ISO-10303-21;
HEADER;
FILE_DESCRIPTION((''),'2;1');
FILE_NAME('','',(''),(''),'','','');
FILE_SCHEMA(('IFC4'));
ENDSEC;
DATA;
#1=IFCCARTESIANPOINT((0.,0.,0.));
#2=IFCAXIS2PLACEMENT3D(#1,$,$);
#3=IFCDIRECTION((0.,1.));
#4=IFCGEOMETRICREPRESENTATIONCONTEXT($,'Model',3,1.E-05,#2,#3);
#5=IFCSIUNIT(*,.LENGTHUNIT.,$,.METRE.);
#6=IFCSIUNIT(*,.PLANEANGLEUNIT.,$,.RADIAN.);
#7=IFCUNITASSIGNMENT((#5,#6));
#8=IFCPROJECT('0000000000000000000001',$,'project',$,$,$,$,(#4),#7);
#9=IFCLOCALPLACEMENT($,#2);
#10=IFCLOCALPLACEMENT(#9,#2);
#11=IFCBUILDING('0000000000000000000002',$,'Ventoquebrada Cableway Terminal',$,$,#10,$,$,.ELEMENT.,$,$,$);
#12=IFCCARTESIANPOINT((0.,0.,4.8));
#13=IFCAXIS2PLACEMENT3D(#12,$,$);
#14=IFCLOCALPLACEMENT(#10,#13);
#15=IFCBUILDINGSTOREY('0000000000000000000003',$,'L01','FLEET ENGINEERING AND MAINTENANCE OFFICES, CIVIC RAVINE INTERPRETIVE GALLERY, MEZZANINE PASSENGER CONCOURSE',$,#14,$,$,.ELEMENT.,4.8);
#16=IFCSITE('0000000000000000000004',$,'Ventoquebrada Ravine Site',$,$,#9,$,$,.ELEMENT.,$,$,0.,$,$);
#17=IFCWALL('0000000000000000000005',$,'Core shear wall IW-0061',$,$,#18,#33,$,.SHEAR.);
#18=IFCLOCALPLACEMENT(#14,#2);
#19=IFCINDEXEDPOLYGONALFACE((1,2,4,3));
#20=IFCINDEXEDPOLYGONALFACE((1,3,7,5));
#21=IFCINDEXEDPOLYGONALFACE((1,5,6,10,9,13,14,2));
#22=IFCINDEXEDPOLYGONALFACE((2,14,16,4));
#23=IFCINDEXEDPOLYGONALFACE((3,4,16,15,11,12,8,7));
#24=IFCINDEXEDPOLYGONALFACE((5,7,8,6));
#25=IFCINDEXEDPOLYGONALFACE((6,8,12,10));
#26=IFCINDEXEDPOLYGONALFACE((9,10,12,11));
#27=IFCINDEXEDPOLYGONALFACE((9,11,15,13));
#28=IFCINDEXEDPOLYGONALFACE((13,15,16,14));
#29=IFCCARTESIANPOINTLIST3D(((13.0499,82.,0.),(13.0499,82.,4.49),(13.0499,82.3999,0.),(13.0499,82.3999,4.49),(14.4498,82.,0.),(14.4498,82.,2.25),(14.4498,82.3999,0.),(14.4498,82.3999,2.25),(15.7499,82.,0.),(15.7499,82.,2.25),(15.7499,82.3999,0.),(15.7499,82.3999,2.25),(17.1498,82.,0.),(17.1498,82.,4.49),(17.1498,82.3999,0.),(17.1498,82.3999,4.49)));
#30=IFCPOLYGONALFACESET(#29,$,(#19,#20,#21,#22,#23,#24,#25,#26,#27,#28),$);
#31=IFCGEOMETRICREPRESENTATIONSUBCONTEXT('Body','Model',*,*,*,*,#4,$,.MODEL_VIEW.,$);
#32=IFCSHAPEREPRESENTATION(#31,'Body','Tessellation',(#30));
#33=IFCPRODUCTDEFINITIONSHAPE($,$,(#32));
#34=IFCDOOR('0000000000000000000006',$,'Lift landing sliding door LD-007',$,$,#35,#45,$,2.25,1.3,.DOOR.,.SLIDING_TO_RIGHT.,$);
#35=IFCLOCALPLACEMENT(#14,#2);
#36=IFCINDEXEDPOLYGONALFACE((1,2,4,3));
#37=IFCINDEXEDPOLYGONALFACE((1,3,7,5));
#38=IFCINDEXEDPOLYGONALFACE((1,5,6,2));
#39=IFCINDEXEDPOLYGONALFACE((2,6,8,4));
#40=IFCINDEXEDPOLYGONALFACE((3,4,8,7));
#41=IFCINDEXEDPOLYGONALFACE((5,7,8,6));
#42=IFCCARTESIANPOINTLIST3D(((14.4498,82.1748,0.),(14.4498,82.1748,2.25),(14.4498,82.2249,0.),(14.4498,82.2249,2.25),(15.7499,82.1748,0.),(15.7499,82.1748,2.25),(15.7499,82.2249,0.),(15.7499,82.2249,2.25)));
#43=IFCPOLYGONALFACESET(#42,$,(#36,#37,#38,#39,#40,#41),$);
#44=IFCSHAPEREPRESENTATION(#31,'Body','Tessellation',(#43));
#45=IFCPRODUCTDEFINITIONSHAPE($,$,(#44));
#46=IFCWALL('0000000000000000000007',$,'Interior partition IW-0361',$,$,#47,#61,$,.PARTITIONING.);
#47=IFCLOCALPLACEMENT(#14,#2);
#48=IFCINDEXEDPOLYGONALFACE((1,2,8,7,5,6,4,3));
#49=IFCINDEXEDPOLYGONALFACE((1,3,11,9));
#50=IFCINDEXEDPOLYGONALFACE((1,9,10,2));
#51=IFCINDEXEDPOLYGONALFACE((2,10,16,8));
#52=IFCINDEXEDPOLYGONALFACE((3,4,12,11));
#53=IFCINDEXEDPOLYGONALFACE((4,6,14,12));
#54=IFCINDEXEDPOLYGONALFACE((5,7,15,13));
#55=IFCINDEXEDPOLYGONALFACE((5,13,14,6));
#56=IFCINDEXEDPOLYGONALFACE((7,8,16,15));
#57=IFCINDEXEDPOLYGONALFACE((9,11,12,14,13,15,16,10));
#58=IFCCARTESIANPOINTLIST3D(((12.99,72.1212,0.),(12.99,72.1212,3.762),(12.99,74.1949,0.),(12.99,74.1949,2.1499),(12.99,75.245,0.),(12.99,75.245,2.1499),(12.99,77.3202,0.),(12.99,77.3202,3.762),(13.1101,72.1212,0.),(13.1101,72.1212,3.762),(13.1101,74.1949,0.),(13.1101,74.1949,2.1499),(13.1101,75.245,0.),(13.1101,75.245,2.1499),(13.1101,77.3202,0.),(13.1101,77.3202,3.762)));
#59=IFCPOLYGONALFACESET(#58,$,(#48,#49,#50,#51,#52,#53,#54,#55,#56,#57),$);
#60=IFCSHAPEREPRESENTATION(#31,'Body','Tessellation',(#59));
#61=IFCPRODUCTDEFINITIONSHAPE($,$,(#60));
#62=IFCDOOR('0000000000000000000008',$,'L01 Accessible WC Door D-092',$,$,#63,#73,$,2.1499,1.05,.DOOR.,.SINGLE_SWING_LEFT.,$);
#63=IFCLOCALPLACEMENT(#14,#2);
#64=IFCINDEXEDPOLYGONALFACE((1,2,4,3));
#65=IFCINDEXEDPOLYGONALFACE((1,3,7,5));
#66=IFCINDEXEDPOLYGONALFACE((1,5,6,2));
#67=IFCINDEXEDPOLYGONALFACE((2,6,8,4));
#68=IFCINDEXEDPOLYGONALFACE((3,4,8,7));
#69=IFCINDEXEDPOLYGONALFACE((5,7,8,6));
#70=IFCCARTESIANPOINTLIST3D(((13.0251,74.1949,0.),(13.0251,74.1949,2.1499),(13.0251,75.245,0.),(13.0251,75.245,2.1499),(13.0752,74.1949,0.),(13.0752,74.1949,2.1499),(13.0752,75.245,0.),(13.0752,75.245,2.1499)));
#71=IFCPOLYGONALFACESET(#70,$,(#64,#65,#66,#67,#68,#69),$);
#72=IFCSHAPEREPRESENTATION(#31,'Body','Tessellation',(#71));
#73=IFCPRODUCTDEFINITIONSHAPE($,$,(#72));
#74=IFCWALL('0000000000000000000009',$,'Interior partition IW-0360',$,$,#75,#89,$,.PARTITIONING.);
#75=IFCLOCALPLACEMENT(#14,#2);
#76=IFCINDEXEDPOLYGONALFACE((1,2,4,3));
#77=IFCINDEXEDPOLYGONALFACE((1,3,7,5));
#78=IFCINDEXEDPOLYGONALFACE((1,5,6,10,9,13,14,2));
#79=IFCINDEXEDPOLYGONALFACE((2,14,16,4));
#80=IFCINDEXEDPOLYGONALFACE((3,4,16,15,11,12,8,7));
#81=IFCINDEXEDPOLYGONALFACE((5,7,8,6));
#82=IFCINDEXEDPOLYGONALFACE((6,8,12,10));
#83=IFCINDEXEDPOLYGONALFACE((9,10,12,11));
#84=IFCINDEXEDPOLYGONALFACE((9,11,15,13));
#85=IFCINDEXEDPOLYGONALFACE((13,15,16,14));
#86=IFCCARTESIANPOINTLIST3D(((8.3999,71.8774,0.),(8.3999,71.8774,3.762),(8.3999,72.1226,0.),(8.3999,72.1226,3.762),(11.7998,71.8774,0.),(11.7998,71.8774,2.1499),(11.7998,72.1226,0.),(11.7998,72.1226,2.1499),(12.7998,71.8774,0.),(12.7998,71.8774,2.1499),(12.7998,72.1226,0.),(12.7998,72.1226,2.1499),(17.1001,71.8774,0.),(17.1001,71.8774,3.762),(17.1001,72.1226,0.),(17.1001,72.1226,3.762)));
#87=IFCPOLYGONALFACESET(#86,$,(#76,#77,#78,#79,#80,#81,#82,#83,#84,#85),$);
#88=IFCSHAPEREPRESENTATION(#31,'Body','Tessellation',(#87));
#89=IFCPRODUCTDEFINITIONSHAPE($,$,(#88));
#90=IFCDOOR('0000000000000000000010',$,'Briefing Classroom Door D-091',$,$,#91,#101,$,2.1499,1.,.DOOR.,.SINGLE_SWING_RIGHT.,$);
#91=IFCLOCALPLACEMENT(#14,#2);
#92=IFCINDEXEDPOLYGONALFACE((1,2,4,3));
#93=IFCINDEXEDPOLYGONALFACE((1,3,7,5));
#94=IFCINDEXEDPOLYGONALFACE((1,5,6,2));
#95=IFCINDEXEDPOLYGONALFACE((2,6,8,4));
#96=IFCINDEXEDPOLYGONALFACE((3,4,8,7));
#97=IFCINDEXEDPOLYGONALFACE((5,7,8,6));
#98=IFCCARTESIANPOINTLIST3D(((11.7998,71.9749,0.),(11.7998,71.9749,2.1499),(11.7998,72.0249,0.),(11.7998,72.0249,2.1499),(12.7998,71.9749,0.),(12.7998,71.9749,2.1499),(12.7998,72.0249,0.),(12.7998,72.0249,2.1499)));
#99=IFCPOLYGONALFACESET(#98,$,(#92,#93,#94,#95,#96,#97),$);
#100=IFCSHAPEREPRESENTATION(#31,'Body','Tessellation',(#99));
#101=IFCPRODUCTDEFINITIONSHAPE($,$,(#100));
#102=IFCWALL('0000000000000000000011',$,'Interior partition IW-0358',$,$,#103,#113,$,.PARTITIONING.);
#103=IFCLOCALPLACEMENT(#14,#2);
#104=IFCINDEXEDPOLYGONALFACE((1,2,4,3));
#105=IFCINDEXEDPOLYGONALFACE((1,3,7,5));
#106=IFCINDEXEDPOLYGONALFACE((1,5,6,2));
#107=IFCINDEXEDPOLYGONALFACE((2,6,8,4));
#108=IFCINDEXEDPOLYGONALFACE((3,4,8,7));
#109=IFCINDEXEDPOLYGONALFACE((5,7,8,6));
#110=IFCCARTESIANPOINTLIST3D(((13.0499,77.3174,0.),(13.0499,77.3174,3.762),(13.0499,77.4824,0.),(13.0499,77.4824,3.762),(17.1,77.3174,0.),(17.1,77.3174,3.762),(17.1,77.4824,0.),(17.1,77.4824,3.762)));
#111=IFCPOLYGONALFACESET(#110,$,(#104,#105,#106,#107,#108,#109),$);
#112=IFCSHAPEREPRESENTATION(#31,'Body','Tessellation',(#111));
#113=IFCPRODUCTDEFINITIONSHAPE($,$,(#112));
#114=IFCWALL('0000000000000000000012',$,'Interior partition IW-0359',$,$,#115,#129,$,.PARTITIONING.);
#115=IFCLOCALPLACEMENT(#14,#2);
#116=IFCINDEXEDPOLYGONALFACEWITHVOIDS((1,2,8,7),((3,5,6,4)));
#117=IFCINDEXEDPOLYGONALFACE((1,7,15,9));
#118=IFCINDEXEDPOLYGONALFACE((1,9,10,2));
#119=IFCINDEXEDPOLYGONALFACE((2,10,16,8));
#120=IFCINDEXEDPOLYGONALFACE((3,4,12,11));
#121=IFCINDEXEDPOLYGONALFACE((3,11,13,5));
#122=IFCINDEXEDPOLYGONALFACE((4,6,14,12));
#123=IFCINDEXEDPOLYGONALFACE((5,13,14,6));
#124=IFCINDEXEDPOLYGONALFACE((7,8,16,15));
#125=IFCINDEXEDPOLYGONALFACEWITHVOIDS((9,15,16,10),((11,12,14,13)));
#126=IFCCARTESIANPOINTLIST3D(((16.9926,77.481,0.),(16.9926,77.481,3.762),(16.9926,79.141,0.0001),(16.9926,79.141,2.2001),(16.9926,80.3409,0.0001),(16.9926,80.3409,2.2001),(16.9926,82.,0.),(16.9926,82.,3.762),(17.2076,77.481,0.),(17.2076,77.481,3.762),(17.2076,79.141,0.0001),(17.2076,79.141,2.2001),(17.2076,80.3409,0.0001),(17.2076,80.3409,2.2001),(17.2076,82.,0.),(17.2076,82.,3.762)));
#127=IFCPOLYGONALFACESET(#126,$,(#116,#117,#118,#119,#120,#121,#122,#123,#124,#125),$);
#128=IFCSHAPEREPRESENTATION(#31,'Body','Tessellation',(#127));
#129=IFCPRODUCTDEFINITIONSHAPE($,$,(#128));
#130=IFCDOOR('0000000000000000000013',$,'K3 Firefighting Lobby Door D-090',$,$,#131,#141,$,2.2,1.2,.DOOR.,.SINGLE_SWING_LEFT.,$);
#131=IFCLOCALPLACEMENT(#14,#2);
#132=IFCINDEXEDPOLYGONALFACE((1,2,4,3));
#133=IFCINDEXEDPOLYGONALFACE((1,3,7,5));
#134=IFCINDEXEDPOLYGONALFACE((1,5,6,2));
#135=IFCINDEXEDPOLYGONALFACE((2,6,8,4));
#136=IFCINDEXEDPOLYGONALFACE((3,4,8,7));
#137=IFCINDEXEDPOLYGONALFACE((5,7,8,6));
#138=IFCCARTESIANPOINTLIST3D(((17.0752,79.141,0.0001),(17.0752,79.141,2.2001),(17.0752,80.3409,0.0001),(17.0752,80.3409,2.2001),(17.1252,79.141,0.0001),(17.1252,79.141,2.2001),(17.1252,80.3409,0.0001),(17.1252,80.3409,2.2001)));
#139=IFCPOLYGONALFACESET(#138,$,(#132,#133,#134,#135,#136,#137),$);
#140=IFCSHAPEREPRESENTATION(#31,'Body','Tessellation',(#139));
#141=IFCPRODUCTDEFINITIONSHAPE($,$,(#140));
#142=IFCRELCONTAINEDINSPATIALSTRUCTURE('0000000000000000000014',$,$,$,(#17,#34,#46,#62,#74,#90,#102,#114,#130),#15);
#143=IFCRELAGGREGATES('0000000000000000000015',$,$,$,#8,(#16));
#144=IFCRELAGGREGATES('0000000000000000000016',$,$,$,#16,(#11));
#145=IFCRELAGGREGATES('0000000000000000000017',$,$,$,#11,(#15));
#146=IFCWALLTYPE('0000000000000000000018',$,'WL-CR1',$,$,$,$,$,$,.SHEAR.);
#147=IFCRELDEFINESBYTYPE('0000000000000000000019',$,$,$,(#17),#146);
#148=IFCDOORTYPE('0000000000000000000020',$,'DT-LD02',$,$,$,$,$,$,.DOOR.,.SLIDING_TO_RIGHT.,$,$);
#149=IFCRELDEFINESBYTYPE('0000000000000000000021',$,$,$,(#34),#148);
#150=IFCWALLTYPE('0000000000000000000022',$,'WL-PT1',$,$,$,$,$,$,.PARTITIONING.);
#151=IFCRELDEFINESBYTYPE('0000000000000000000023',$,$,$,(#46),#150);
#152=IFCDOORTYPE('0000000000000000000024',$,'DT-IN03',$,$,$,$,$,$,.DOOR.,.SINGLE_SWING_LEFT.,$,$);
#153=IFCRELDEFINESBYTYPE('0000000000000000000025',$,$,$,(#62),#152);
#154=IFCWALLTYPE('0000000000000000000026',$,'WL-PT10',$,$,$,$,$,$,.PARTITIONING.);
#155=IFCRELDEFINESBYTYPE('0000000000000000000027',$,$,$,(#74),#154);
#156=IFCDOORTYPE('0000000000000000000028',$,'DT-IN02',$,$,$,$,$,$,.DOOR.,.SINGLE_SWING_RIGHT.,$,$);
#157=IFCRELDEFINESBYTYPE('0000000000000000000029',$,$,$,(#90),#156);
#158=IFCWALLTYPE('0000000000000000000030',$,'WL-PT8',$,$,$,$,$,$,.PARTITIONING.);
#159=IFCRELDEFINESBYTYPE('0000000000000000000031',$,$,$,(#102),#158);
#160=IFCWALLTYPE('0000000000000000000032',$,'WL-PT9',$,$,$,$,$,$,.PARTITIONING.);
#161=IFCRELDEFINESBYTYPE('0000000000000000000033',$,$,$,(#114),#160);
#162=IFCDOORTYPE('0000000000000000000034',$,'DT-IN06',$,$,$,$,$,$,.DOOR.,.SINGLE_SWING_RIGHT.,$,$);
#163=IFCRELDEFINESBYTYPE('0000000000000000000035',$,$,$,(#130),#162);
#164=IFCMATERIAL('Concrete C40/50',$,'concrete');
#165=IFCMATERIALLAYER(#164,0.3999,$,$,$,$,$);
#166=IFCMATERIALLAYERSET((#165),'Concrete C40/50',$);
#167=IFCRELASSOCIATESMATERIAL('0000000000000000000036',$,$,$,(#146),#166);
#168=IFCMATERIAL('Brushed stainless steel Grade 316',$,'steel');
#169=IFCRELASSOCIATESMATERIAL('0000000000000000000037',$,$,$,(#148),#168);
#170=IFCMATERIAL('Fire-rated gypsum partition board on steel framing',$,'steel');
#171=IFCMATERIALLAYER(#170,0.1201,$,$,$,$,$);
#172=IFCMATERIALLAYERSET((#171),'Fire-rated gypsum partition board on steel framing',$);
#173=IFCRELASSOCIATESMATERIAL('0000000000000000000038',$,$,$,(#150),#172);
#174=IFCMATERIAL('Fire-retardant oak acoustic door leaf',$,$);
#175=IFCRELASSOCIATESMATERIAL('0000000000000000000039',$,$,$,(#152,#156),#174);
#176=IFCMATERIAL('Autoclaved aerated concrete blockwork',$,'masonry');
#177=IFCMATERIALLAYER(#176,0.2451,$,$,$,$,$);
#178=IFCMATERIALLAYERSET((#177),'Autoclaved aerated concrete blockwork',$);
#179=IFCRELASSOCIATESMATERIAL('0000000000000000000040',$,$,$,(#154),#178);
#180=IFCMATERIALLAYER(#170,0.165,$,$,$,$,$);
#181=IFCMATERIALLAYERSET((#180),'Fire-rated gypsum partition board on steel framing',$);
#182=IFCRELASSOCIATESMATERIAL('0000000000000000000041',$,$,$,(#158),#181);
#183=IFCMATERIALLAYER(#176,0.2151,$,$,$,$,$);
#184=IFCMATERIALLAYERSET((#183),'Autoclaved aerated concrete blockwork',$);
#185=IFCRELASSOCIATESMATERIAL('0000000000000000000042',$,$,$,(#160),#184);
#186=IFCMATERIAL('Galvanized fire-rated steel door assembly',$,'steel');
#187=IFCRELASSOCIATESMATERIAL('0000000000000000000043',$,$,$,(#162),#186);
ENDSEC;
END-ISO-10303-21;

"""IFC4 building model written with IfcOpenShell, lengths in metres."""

from ifc_helpers import new_model, si_unit, direction, frame, frame_2d, origin, place, context, subcontext, project, spatial, rectangle, extrude, material, layer, layer_set, type_object, element, fill, save


model = new_model("IFC4")

# Units and contexts
model_context = context("Model", 3, precision=1e-05, world=origin(), true_north=direction((0.0, 1.0)))
body_context = subcontext(model_context, "Body", "Model", "MODEL_VIEW")
ifc_project = project(units=[si_unit("LENGTHUNIT", "METRE"), si_unit("PLANEANGLEUNIT", "RADIAN")], contexts=[model_context])

# Site, building, storey
site_placement = place(None, origin())
site = spatial("IfcSite", under=ifc_project, at=site_placement, Name="Ventoquebrada Ravine Site", CompositionType="ELEMENT", RefElevation=0.0)
building_placement = place(site_placement, origin())
building = spatial("IfcBuilding", under=site, at=building_placement, Name="Ventoquebrada Cableway Terminal", CompositionType="ELEMENT")
storey_placement = place(building_placement, frame((0.0, 0.0, 4.8)))
storey = spatial("IfcBuildingStorey", under=building, at=storey_placement, Name="L01", Description="FLEET ENGINEERING AND MAINTENANCE OFFICES, CIVIC RAVINE INTERPRETIVE GALLERY, MEZZANINE PASSENGER CONCOURSE", CompositionType="ELEMENT", Elevation=4.8)

# Shared definitions
ifc_material_1 = material(Name="Concrete C40/50", Category="concrete")

# Shared definitions
ifc_layer_1 = layer(ifc_material_1, 0.3999)
ifc_layer_set_1 = layer_set([ifc_layer_1], Name="Concrete C40/50")
wall_type_1 = type_object("IfcWallType", Name="WL-CR1", PredefinedType="SHEAR", material=ifc_layer_set_1)

# Walls, openings, doors
ifc_material_2 = material(Name="Galvanized fire-rated steel door assembly", Category="steel")
wall_1_placement = place(storey_placement, frame((13.05, 82.2, 0.0), z_axis=(0.0, 0.0, 1.0), x_axis=(1.0, 0.0, 0.0)))
wall_1 = element("IfcWall", 1, at=wall_1_placement, inside=storey, type_object=wall_type_1, Name="Core shear wall IW-0061", PredefinedType="SHEAR", context=body_context, shape_type="SweptSolid", body=[
    extrude(rectangle(XDim=4.0999, YDim=0.3999, at=frame_2d((2.0498, 0.0))), origin(), (0.0, 0.0, 1.0), 4.49),
])
opening_1_placement = place(wall_1_placement, frame((1.3999, 0.0, 0.0)))
opening_1 = element("IfcOpeningElement", 2, at=opening_1_placement, cuts=wall_1, PredefinedType="OPENING", context=body_context, shape_type="SweptSolid", body=[
    extrude(rectangle(XDim=1.3, YDim=2.25, at=frame_2d((0.6499, 1.125))), frame((0.0, 0.21, 0.0), z_axis=(0.0, -1.0, 0.0), x_axis=(1.0, 0.0, 0.0)), (0.0, 0.0, 1.0), 0.4199),
])
ifc_material_3 = material(Name="Brushed stainless steel Grade 316", Category="steel")
door_type_1 = type_object("IfcDoorType", Name="DT-LD02", OperationType="SLIDING_TO_RIGHT", PredefinedType="DOOR", material=ifc_material_3)
door_1_placement = place(opening_1_placement, origin())
door_1 = element("IfcDoor", 3, at=door_1_placement, inside=storey, type_object=door_type_1, Name="Lift landing sliding door LD-007", OperationType="SLIDING_TO_RIGHT", OverallHeight=2.25, OverallWidth=1.3, PredefinedType="DOOR", context=body_context, shape_type="SweptSolid", body=[
    extrude(rectangle(XDim=1.3, YDim=2.25, at=frame_2d((0.6499, 1.125))), frame((0.0, 0.0249, 0.0), z_axis=(0.0, -1.0, 0.0), x_axis=(1.0, 0.0, 0.0)), (0.0, 0.0, 1.0), 0.05),
])
fill(opening_1, door_1)
ifc_material_4 = material(Name="Fire-rated gypsum partition board on steel framing", Category="steel")
ifc_layer_2 = layer(ifc_material_4, 0.1201)
ifc_layer_set_2 = layer_set([ifc_layer_2], Name="Fire-rated gypsum partition board on steel framing")
wall_type_2 = type_object("IfcWallType", Name="WL-PT1", PredefinedType="PARTITIONING", material=ifc_layer_set_2)
wall_2_placement = place(storey_placement, frame((13.05, 72.1211, 0.0), z_axis=(0.0, 0.0, 1.0), x_axis=(0.0, 1.0, 0.0)))
wall_2 = element("IfcWall", 4, at=wall_2_placement, inside=storey, type_object=wall_type_2, Name="Interior partition IW-0361", PredefinedType="PARTITIONING", context=body_context, shape_type="SweptSolid", body=[
    extrude(rectangle(XDim=5.199, YDim=0.1201, at=frame_2d((2.5996, 0.0))), origin(), (0.0, 0.0, 1.0), 3.762),
])
opening_2_placement = place(wall_2_placement, frame((2.074, 0.0, 0.0)))
opening_2 = element("IfcOpeningElement", 5, at=opening_2_placement, cuts=wall_2, PredefinedType="OPENING", context=body_context, shape_type="SweptSolid", body=[
    extrude(rectangle(XDim=1.05, YDim=2.1499, at=frame_2d((0.5249, 1.075))), frame((0.0, 0.0701, 0.0), z_axis=(0.0, -1.0, 0.0), x_axis=(1.0, 0.0, 0.0)), (0.0, 0.0, 1.0), 0.1401),
])
ifc_material_5 = material(Name="Fire-retardant oak acoustic door leaf")
door_type_2 = type_object("IfcDoorType", Name="DT-IN03", OperationType="SINGLE_SWING_LEFT", PredefinedType="DOOR", material=ifc_material_5)
door_2_placement = place(opening_2_placement, origin())
door_2 = element("IfcDoor", 6, at=door_2_placement, inside=storey, type_object=door_type_2, Name="L01 Accessible WC Door D-092", OperationType="SINGLE_SWING_LEFT", OverallHeight=2.1499, OverallWidth=1.05, PredefinedType="DOOR", context=body_context, shape_type="SweptSolid", body=[
    extrude(rectangle(XDim=1.05, YDim=2.1499, at=frame_2d((0.5249, 1.075))), frame((0.0, 0.0249, 0.0), z_axis=(0.0, -1.0, 0.0), x_axis=(1.0, 0.0, 0.0)), (0.0, 0.0, 1.0), 0.05),
])
fill(opening_2, door_2)
ifc_material_6 = material(Name="Autoclaved aerated concrete blockwork", Category="masonry")
ifc_layer_3 = layer(ifc_material_6, 0.2451)
ifc_layer_set_3 = layer_set([ifc_layer_3], Name="Autoclaved aerated concrete blockwork")
wall_type_3 = type_object("IfcWallType", Name="WL-PT10", PredefinedType="PARTITIONING", material=ifc_layer_set_3)
wall_3_placement = place(storey_placement, frame((8.3999, 72.0, 0.0), z_axis=(0.0, 0.0, 1.0), x_axis=(1.0, 0.0, 0.0)))
wall_3 = element("IfcWall", 7, at=wall_3_placement, inside=storey, type_object=wall_type_3, Name="Interior partition IW-0360", PredefinedType="PARTITIONING", context=body_context, shape_type="SweptSolid", body=[
    extrude(rectangle(XDim=8.7002, YDim=0.2451, at=frame_2d((4.3501, 0.0))), origin(), (0.0, 0.0, 1.0), 3.762),
])
opening_3_placement = place(wall_3_placement, frame((3.3999, 0.0, 0.0)))
opening_3 = element("IfcOpeningElement", 8, at=opening_3_placement, cuts=wall_3, PredefinedType="OPENING", context=body_context, shape_type="SweptSolid", body=[
    extrude(rectangle(XDim=1.0, YDim=2.1499, at=frame_2d((0.5, 1.075))), frame((0.0, 0.1326, 0.0), z_axis=(0.0, -1.0, 0.0), x_axis=(1.0, 0.0, 0.0)), (0.0, 0.0, 1.0), 0.2651),
])
door_type_3 = type_object("IfcDoorType", Name="DT-IN02", OperationType="SINGLE_SWING_RIGHT", PredefinedType="DOOR", material=ifc_material_5)
door_3_placement = place(opening_3_placement, origin())
door_3 = element("IfcDoor", 9, at=door_3_placement, inside=storey, type_object=door_type_3, Name="Briefing Classroom Door D-091", OperationType="SINGLE_SWING_RIGHT", OverallHeight=2.1499, OverallWidth=1.0, PredefinedType="DOOR", context=body_context, shape_type="SweptSolid", body=[
    extrude(rectangle(XDim=1.0, YDim=2.1499, at=frame_2d((0.5, 1.075))), frame((0.0, 0.0249, 0.0), z_axis=(0.0, -1.0, 0.0), x_axis=(1.0, 0.0, 0.0)), (0.0, 0.0, 1.0), 0.05),
])
fill(opening_3, door_3)

# Wall
ifc_layer_4 = layer(ifc_material_4, 0.165)
ifc_layer_set_4 = layer_set([ifc_layer_4], Name="Fire-rated gypsum partition board on steel framing")
wall_type_4 = type_object("IfcWallType", Name="WL-PT8", PredefinedType="PARTITIONING", material=ifc_layer_set_4)
wall_4_placement = place(storey_placement, frame((13.05, 77.3999, 0.0), z_axis=(0.0, 0.0, 1.0), x_axis=(1.0, 0.0, 0.0)))
element("IfcWall", 10, at=wall_4_placement, inside=storey, type_object=wall_type_4, Name="Interior partition IW-0358", PredefinedType="PARTITIONING", context=body_context, shape_type="SweptSolid", body=[
    extrude(rectangle(XDim=4.05, YDim=0.165, at=frame_2d((2.0249, 0.0))), origin(), (0.0, 0.0, 1.0), 3.762),
])

# Wall, opening, door
ifc_layer_5 = layer(ifc_material_6, 0.2151)
ifc_layer_set_5 = layer_set([ifc_layer_5], Name="Autoclaved aerated concrete blockwork")
wall_type_5 = type_object("IfcWallType", Name="WL-PT9", PredefinedType="PARTITIONING", material=ifc_layer_set_5)
wall_5_placement = place(storey_placement, frame((17.1001, 77.481, 0.0), z_axis=(0.0, 0.0, 1.0), x_axis=(0.0, 1.0, 0.0)))
wall_5 = element("IfcWall", 11, at=wall_5_placement, inside=storey, type_object=wall_type_5, Name="Interior partition IW-0359", PredefinedType="PARTITIONING", context=body_context, shape_type="SweptSolid", body=[
    extrude(rectangle(XDim=4.519, YDim=0.2151, at=frame_2d((2.2595, 0.0))), origin(), (0.0, 0.0, 1.0), 3.762),
])
opening_4_placement = place(wall_5_placement, frame((1.6599, 0.0, 0.0)))
opening_4 = element("IfcOpeningElement", 12, at=opening_4_placement, cuts=wall_5, PredefinedType="OPENING", context=body_context, shape_type="SweptSolid", body=[
    extrude(rectangle(XDim=1.2, YDim=2.2, at=frame_2d((0.6001, 1.1001))), frame((0.0, 0.1174, 0.0), z_axis=(0.0, -1.0, 0.0), x_axis=(1.0, 0.0, 0.0)), (0.0, 0.0, 1.0), 0.2351),
])
door_type_4 = type_object("IfcDoorType", Name="DT-IN06", OperationType="SINGLE_SWING_RIGHT", PredefinedType="DOOR", material=ifc_material_2)
door_4_placement = place(opening_4_placement, origin())
door_4 = element("IfcDoor", 13, at=door_4_placement, inside=storey, type_object=door_type_4, Name="K3 Firefighting Lobby Door D-090", OperationType="SINGLE_SWING_LEFT", OverallHeight=2.2, OverallWidth=1.2, PredefinedType="DOOR", context=body_context, shape_type="SweptSolid", body=[
    extrude(rectangle(XDim=1.2, YDim=2.2, at=frame_2d((0.6001, 1.1001))), frame((0.0, 0.0249, 0.0), z_axis=(0.0, -1.0, 0.0), x_axis=(1.0, 0.0, 0.0)), (0.0, 0.0, 1.0), 0.05),
])
fill(opening_4, door_4)

save(model, "model.ifc")
